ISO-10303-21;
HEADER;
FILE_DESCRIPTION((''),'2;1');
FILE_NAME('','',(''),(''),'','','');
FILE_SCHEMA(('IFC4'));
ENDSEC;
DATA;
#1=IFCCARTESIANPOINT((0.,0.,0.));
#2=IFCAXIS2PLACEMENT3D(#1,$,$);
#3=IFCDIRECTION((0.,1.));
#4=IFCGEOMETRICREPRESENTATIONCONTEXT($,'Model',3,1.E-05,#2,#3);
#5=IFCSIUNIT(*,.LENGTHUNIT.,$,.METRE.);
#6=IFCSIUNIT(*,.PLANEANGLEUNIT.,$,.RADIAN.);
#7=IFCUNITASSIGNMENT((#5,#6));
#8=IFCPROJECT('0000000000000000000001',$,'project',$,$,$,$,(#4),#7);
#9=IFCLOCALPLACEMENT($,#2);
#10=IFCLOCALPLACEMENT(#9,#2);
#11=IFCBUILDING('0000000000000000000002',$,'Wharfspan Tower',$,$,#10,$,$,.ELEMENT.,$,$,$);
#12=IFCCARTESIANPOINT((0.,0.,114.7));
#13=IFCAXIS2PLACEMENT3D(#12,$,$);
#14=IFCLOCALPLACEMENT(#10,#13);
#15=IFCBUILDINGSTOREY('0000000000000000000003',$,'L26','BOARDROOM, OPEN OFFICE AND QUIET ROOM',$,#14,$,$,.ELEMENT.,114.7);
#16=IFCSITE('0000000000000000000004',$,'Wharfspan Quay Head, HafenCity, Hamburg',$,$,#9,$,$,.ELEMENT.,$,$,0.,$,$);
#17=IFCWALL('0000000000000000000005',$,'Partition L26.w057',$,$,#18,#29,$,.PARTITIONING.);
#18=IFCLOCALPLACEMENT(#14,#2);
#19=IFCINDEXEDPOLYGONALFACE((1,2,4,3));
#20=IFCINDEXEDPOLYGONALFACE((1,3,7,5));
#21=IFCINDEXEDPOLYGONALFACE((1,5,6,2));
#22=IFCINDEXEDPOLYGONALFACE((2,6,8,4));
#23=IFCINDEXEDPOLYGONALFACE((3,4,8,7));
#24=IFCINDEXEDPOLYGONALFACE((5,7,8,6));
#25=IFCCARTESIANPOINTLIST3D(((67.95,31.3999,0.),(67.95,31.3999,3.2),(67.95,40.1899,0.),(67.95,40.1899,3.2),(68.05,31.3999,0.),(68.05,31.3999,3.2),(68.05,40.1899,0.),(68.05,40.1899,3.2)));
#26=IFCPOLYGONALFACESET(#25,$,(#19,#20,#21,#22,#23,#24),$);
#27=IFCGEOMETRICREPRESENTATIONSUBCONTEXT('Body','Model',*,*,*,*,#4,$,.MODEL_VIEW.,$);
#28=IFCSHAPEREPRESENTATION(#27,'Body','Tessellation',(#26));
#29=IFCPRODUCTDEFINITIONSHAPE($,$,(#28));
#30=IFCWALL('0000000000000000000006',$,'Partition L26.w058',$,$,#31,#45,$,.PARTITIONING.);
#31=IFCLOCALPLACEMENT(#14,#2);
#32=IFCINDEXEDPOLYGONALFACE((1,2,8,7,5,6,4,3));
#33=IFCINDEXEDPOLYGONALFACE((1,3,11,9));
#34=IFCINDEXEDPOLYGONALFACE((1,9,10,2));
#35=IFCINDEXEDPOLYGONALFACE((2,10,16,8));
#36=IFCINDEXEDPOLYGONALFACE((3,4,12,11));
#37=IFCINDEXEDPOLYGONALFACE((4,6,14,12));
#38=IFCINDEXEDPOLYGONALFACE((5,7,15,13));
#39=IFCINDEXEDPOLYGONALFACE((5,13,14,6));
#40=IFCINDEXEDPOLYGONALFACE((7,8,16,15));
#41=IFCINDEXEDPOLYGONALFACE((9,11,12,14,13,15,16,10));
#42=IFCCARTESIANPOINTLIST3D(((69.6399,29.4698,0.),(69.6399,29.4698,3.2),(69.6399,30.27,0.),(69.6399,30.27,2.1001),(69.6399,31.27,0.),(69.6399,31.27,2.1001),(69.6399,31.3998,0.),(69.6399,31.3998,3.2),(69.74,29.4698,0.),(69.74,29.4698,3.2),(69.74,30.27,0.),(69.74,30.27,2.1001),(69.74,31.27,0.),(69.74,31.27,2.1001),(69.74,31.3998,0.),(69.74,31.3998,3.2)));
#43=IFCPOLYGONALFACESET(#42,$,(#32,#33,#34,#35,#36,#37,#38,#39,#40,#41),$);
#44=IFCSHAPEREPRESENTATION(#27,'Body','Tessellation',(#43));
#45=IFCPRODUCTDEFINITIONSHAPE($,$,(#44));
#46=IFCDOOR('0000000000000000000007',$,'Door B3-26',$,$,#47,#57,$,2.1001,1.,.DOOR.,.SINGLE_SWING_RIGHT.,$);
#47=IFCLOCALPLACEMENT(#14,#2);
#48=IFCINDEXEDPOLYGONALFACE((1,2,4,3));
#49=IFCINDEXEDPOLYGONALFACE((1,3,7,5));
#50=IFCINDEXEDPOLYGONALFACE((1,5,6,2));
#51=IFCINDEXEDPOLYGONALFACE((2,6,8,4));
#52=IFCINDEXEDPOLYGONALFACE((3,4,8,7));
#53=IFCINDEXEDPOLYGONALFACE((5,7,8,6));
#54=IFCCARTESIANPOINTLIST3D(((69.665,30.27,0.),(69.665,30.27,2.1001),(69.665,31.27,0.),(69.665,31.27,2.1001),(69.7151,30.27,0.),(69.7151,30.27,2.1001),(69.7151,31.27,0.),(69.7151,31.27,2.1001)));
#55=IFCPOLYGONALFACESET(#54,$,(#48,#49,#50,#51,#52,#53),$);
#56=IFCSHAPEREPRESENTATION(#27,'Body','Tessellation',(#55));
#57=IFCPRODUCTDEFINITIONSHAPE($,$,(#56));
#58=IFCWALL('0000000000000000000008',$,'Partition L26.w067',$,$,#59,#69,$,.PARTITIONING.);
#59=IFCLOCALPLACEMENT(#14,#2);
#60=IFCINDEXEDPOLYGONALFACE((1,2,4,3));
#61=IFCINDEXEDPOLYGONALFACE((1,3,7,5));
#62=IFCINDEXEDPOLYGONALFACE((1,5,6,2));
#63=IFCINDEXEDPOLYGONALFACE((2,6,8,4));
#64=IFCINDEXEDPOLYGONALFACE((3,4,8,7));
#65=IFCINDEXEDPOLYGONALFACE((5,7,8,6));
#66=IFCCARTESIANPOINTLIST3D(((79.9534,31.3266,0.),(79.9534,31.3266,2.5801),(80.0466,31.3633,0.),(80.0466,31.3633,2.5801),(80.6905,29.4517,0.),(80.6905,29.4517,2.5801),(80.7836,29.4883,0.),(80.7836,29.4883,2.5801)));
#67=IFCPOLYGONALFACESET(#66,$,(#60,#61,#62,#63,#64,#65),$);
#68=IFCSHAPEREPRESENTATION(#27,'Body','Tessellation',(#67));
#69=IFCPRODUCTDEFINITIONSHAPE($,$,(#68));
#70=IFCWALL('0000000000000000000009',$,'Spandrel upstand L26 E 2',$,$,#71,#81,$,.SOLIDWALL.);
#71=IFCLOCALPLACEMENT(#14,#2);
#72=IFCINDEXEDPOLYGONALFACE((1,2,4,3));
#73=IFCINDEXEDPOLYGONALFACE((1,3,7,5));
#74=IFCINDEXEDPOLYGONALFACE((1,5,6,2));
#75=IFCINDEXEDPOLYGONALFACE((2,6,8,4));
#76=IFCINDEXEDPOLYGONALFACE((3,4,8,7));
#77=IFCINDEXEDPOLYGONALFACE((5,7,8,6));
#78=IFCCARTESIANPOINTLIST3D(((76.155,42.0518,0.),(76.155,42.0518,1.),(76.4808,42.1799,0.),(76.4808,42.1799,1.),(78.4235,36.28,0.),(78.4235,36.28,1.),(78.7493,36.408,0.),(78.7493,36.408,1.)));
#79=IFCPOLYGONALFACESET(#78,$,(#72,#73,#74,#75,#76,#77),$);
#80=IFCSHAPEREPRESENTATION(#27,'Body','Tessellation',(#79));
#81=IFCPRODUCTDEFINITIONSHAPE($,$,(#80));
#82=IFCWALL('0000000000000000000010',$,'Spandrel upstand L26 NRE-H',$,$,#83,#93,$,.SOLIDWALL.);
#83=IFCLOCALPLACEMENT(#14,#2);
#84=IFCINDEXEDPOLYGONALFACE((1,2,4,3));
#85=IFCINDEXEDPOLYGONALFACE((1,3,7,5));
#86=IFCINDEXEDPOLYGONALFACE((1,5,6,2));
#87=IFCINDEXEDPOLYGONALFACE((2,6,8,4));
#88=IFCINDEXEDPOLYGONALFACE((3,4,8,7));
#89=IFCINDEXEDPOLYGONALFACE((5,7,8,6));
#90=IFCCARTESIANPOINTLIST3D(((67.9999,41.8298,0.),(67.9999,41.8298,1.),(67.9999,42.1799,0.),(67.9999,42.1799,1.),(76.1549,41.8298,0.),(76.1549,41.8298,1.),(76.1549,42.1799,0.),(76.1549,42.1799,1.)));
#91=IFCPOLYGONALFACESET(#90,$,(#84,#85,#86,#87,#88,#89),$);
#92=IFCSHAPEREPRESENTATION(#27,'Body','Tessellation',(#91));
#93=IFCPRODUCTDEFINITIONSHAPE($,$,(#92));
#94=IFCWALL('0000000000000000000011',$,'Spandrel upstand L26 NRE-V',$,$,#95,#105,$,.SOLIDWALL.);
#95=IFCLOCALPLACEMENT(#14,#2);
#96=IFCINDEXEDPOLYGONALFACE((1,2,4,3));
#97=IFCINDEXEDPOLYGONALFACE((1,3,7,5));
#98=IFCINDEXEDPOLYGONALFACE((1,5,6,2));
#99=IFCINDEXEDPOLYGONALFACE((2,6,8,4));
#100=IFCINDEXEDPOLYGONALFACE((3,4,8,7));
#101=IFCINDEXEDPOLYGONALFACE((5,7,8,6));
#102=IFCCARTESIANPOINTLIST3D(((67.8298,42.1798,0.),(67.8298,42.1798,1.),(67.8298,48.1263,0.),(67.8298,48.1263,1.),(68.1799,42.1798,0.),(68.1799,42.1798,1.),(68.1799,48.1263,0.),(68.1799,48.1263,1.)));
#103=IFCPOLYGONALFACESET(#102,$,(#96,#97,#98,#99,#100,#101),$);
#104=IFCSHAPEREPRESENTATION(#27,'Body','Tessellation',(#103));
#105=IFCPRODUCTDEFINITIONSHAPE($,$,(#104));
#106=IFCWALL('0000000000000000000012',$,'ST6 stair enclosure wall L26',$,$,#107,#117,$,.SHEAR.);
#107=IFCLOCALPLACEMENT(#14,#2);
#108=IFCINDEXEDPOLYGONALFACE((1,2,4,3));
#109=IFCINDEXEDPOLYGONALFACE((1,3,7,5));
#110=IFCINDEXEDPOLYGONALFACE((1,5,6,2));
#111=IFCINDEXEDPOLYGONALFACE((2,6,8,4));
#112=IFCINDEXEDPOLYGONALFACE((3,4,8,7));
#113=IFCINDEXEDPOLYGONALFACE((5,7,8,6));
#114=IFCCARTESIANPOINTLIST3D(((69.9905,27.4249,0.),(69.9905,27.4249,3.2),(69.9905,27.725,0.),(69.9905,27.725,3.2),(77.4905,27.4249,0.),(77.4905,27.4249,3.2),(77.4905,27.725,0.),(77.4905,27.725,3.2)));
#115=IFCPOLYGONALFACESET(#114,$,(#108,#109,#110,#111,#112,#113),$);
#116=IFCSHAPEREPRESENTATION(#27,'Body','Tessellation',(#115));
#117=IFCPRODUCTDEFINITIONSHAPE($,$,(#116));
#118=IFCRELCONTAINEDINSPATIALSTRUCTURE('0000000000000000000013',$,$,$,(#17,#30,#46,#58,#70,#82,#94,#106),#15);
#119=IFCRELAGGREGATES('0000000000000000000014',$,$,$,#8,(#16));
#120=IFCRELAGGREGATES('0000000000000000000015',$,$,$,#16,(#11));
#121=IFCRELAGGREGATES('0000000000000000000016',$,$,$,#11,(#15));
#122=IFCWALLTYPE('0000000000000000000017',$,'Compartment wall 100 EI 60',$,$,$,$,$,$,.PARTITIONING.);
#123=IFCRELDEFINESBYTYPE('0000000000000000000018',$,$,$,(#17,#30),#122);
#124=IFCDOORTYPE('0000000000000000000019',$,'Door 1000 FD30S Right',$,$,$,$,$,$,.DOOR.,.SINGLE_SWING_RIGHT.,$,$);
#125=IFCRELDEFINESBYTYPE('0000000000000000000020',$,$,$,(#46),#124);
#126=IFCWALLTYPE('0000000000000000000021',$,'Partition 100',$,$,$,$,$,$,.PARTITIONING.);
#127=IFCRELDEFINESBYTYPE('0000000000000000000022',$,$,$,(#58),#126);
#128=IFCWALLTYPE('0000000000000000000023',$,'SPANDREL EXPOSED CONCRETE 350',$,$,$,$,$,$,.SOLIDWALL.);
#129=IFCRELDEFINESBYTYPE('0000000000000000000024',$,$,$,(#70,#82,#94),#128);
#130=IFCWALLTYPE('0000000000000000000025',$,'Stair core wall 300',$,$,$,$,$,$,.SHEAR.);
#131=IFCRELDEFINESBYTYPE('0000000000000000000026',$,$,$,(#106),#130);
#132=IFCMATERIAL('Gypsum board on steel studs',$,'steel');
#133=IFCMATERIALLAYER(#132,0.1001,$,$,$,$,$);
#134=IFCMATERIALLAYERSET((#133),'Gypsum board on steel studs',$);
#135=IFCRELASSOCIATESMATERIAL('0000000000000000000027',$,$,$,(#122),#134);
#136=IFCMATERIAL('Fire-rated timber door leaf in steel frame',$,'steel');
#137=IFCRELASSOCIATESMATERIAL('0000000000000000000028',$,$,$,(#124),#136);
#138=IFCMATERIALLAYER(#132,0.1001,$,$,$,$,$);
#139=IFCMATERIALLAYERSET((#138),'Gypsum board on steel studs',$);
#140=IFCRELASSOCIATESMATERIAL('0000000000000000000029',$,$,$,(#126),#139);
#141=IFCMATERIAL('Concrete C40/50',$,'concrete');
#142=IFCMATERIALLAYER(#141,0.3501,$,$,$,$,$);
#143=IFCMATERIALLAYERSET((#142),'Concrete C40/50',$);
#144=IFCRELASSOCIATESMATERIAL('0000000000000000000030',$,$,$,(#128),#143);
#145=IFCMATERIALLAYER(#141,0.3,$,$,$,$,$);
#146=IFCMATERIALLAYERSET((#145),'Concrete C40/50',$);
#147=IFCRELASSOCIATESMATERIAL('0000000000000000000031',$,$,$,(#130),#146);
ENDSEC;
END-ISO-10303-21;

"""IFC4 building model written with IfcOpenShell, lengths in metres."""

from ifc_helpers import new_model, si_unit, direction, frame, frame_2d, origin, place, context, subcontext, project, spatial, rectangle, extrude, material, layer, layer_set, type_object, element, fill, save


model = new_model("IFC4")

# Units and contexts
model_context = context("Model", 3, precision=1e-05, world=origin(), true_north=direction((0.0, 1.0)))
body_context = subcontext(model_context, "Body", "Model", "MODEL_VIEW")
ifc_project = project(units=[si_unit("LENGTHUNIT", "METRE"), si_unit("PLANEANGLEUNIT", "RADIAN")], contexts=[model_context])

# Site, building, storey
site_placement = place(None, origin())
site = spatial("IfcSite", under=ifc_project, at=site_placement, Name="Wharfspan Quay Head, HafenCity, Hamburg", CompositionType="ELEMENT", RefElevation=0.0)
building_placement = place(site_placement, origin())
building = spatial("IfcBuilding", under=site, at=building_placement, Name="Wharfspan Tower", CompositionType="ELEMENT")
storey_placement = place(building_placement, frame((0.0, 0.0, 114.7)))
storey = spatial("IfcBuildingStorey", under=building, at=storey_placement, Name="L26", Description="BOARDROOM, OPEN OFFICE AND QUIET ROOM", CompositionType="ELEMENT", Elevation=114.7)

# Wall
ifc_material_1 = material(Name="Gypsum board on steel studs", Category="steel")
ifc_layer_1 = layer(ifc_material_1, 0.1001)
ifc_layer_set_1 = layer_set([ifc_layer_1], Name="Gypsum board on steel studs")
wall_type_1 = type_object("IfcWallType", Name="Compartment wall 100 EI 60", PredefinedType="PARTITIONING", material=ifc_layer_set_1)
wall_1_placement = place(storey_placement, frame((68.0, 31.3999, 0.0), z_axis=(0.0, 0.0, 1.0), x_axis=(0.0, 1.0, 0.0)))
element("IfcWall", 1, at=wall_1_placement, inside=storey, type_object=wall_type_1, Name="Partition L26.w057", PredefinedType="PARTITIONING", context=body_context, shape_type="SweptSolid", body=[
    extrude(rectangle(XDim=8.79, YDim=0.1001, at=frame_2d((4.395, 0.0))), origin(), (0.0, 0.0, 1.0), 3.2),
])

# Wall, opening, door
wall_2_placement = place(storey_placement, frame((69.6899, 29.47, 0.0), z_axis=(0.0, 0.0, 1.0), x_axis=(0.0, 1.0, 0.0)))
wall_2 = element("IfcWall", 2, at=wall_2_placement, inside=storey, type_object=wall_type_1, Name="Partition L26.w058", PredefinedType="PARTITIONING", context=body_context, shape_type="SweptSolid", body=[
    extrude(rectangle(XDim=1.9299, YDim=0.1001, at=frame_2d((0.9648, 0.0))), origin(), (0.0, 0.0, 1.0), 3.2),
])
opening_placement = place(wall_2_placement, frame((0.8, 0.0, 0.0)))
opening = element("IfcOpeningElement", 3, at=opening_placement, cuts=wall_2, PredefinedType="OPENING", context=body_context, shape_type="SweptSolid", body=[
    extrude(rectangle(XDim=1.0, YDim=2.1001, at=frame_2d((0.5, 1.05))), frame((0.0, 0.0601, 0.0), z_axis=(0.0, -1.0, 0.0), x_axis=(1.0, 0.0, 0.0)), (0.0, 0.0, 1.0), 0.1201),
])
ifc_material_2 = material(Name="Fire-rated timber door leaf in steel frame", Category="steel")
door_type = type_object("IfcDoorType", Name="Door 1000 FD30S Right", OperationType="SINGLE_SWING_RIGHT", PredefinedType="DOOR", material=ifc_material_2)
door_placement = place(opening_placement, origin())
door = element("IfcDoor", 4, at=door_placement, inside=storey, type_object=door_type, Name="Door B3-26", OperationType="SINGLE_SWING_RIGHT", OverallHeight=2.1001, OverallWidth=1.0, PredefinedType="DOOR", context=body_context, shape_type="SweptSolid", body=[
    extrude(rectangle(XDim=1.0, YDim=2.1001, at=frame_2d((0.5, 1.05))), frame((0.0, 0.0249, 0.0), z_axis=(0.0, -1.0, 0.0), x_axis=(1.0, 0.0, 0.0)), (0.0, 0.0, 1.0), 0.05),
])
fill(opening, door)

# Walls
ifc_layer_2 = layer(ifc_material_1, 0.1001)
ifc_layer_set_2 = layer_set([ifc_layer_2], Name="Gypsum board on steel studs")
wall_type_2 = type_object("IfcWallType", Name="Partition 100", PredefinedType="PARTITIONING", material=ifc_layer_set_2)
wall_3_placement = place(storey_placement, frame((80.7371, 29.47, 0.0), z_axis=(0.0, 0.0, 1.0), x_axis=(-0.365847, 0.930674, 0.0)))
element("IfcWall", 5, at=wall_3_placement, inside=storey, type_object=wall_type_2, Name="Partition L26.w067", PredefinedType="PARTITIONING", context=body_context, shape_type="SweptSolid", body=[
    extrude(rectangle(XDim=2.0146, YDim=0.1001, at=frame_2d((1.0073, 0.0))), origin(), (0.0, 0.0, 1.0), 2.5801),
])
ifc_material_3 = material(Name="Concrete C40/50", Category="concrete")
ifc_layer_3 = layer(ifc_material_3, 0.3501)
ifc_layer_set_3 = layer_set([ifc_layer_3], Name="Concrete C40/50")
wall_type_3 = type_object("IfcWallType", Name="SPANDREL EXPOSED CONCRETE 350", PredefinedType="SOLIDWALL", material=ifc_layer_set_3)
wall_4_placement = place(storey_placement, frame((78.5864, 36.344, 0.0), z_axis=(0.0, 0.0, 1.0), x_axis=(-0.365792, 0.930699, 0.0)))
element("IfcWall", 6, at=wall_4_placement, inside=storey, type_object=wall_type_3, Name="Spandrel upstand L26 E 2", PredefinedType="SOLIDWALL", context=body_context, shape_type="SweptSolid", body=[
    extrude(rectangle(XDim=6.2017, YDim=0.3501, at=frame_2d((3.1008, 0.0))), origin(), (0.0, 0.0, 1.0), 1.0),
])
wall_5_placement = place(storey_placement, frame((76.155, 42.0049, 0.0), z_axis=(0.0, 0.0, 1.0), x_axis=(-1.0, 0.0, 0.0)))
element("IfcWall", 7, at=wall_5_placement, inside=storey, type_object=wall_type_3, Name="Spandrel upstand L26 NRE-H", PredefinedType="SOLIDWALL", context=body_context, shape_type="SweptSolid", body=[
    extrude(rectangle(XDim=8.155, YDim=0.3501, at=frame_2d((4.0776, 0.0))), origin(), (0.0, 0.0, 1.0), 1.0),
])
wall_6_placement = place(storey_placement, frame((68.0049, 42.1799, 0.0), z_axis=(0.0, 0.0, 1.0), x_axis=(0.0, 1.0, 0.0)))
element("IfcWall", 8, at=wall_6_placement, inside=storey, type_object=wall_type_3, Name="Spandrel upstand L26 NRE-V", PredefinedType="SOLIDWALL", context=body_context, shape_type="SweptSolid", body=[
    extrude(rectangle(XDim=5.9465, YDim=0.3501, at=frame_2d((2.9731, 0.0))), origin(), (0.0, 0.0, 1.0), 1.0),
])
ifc_layer_4 = layer(ifc_material_3, 0.3)
ifc_layer_set_4 = layer_set([ifc_layer_4], Name="Concrete C40/50")
wall_type_4 = type_object("IfcWallType", Name="Stair core wall 300", PredefinedType="SHEAR", material=ifc_layer_set_4)
wall_7_placement = place(storey_placement, frame((69.9905, 27.575, 0.0), z_axis=(0.0, 0.0, 1.0), x_axis=(1.0, 0.0, 0.0)))
element("IfcWall", 9, at=wall_7_placement, inside=storey, type_object=wall_type_4, Name="ST6 stair enclosure wall L26", PredefinedType="SHEAR", context=body_context, shape_type="SweptSolid", body=[
    extrude(rectangle(XDim=7.5, YDim=0.3, at=frame_2d((3.75, 0.0))), origin(), (0.0, 0.0, 1.0), 3.2),
])

save(model, "model.ifc")
